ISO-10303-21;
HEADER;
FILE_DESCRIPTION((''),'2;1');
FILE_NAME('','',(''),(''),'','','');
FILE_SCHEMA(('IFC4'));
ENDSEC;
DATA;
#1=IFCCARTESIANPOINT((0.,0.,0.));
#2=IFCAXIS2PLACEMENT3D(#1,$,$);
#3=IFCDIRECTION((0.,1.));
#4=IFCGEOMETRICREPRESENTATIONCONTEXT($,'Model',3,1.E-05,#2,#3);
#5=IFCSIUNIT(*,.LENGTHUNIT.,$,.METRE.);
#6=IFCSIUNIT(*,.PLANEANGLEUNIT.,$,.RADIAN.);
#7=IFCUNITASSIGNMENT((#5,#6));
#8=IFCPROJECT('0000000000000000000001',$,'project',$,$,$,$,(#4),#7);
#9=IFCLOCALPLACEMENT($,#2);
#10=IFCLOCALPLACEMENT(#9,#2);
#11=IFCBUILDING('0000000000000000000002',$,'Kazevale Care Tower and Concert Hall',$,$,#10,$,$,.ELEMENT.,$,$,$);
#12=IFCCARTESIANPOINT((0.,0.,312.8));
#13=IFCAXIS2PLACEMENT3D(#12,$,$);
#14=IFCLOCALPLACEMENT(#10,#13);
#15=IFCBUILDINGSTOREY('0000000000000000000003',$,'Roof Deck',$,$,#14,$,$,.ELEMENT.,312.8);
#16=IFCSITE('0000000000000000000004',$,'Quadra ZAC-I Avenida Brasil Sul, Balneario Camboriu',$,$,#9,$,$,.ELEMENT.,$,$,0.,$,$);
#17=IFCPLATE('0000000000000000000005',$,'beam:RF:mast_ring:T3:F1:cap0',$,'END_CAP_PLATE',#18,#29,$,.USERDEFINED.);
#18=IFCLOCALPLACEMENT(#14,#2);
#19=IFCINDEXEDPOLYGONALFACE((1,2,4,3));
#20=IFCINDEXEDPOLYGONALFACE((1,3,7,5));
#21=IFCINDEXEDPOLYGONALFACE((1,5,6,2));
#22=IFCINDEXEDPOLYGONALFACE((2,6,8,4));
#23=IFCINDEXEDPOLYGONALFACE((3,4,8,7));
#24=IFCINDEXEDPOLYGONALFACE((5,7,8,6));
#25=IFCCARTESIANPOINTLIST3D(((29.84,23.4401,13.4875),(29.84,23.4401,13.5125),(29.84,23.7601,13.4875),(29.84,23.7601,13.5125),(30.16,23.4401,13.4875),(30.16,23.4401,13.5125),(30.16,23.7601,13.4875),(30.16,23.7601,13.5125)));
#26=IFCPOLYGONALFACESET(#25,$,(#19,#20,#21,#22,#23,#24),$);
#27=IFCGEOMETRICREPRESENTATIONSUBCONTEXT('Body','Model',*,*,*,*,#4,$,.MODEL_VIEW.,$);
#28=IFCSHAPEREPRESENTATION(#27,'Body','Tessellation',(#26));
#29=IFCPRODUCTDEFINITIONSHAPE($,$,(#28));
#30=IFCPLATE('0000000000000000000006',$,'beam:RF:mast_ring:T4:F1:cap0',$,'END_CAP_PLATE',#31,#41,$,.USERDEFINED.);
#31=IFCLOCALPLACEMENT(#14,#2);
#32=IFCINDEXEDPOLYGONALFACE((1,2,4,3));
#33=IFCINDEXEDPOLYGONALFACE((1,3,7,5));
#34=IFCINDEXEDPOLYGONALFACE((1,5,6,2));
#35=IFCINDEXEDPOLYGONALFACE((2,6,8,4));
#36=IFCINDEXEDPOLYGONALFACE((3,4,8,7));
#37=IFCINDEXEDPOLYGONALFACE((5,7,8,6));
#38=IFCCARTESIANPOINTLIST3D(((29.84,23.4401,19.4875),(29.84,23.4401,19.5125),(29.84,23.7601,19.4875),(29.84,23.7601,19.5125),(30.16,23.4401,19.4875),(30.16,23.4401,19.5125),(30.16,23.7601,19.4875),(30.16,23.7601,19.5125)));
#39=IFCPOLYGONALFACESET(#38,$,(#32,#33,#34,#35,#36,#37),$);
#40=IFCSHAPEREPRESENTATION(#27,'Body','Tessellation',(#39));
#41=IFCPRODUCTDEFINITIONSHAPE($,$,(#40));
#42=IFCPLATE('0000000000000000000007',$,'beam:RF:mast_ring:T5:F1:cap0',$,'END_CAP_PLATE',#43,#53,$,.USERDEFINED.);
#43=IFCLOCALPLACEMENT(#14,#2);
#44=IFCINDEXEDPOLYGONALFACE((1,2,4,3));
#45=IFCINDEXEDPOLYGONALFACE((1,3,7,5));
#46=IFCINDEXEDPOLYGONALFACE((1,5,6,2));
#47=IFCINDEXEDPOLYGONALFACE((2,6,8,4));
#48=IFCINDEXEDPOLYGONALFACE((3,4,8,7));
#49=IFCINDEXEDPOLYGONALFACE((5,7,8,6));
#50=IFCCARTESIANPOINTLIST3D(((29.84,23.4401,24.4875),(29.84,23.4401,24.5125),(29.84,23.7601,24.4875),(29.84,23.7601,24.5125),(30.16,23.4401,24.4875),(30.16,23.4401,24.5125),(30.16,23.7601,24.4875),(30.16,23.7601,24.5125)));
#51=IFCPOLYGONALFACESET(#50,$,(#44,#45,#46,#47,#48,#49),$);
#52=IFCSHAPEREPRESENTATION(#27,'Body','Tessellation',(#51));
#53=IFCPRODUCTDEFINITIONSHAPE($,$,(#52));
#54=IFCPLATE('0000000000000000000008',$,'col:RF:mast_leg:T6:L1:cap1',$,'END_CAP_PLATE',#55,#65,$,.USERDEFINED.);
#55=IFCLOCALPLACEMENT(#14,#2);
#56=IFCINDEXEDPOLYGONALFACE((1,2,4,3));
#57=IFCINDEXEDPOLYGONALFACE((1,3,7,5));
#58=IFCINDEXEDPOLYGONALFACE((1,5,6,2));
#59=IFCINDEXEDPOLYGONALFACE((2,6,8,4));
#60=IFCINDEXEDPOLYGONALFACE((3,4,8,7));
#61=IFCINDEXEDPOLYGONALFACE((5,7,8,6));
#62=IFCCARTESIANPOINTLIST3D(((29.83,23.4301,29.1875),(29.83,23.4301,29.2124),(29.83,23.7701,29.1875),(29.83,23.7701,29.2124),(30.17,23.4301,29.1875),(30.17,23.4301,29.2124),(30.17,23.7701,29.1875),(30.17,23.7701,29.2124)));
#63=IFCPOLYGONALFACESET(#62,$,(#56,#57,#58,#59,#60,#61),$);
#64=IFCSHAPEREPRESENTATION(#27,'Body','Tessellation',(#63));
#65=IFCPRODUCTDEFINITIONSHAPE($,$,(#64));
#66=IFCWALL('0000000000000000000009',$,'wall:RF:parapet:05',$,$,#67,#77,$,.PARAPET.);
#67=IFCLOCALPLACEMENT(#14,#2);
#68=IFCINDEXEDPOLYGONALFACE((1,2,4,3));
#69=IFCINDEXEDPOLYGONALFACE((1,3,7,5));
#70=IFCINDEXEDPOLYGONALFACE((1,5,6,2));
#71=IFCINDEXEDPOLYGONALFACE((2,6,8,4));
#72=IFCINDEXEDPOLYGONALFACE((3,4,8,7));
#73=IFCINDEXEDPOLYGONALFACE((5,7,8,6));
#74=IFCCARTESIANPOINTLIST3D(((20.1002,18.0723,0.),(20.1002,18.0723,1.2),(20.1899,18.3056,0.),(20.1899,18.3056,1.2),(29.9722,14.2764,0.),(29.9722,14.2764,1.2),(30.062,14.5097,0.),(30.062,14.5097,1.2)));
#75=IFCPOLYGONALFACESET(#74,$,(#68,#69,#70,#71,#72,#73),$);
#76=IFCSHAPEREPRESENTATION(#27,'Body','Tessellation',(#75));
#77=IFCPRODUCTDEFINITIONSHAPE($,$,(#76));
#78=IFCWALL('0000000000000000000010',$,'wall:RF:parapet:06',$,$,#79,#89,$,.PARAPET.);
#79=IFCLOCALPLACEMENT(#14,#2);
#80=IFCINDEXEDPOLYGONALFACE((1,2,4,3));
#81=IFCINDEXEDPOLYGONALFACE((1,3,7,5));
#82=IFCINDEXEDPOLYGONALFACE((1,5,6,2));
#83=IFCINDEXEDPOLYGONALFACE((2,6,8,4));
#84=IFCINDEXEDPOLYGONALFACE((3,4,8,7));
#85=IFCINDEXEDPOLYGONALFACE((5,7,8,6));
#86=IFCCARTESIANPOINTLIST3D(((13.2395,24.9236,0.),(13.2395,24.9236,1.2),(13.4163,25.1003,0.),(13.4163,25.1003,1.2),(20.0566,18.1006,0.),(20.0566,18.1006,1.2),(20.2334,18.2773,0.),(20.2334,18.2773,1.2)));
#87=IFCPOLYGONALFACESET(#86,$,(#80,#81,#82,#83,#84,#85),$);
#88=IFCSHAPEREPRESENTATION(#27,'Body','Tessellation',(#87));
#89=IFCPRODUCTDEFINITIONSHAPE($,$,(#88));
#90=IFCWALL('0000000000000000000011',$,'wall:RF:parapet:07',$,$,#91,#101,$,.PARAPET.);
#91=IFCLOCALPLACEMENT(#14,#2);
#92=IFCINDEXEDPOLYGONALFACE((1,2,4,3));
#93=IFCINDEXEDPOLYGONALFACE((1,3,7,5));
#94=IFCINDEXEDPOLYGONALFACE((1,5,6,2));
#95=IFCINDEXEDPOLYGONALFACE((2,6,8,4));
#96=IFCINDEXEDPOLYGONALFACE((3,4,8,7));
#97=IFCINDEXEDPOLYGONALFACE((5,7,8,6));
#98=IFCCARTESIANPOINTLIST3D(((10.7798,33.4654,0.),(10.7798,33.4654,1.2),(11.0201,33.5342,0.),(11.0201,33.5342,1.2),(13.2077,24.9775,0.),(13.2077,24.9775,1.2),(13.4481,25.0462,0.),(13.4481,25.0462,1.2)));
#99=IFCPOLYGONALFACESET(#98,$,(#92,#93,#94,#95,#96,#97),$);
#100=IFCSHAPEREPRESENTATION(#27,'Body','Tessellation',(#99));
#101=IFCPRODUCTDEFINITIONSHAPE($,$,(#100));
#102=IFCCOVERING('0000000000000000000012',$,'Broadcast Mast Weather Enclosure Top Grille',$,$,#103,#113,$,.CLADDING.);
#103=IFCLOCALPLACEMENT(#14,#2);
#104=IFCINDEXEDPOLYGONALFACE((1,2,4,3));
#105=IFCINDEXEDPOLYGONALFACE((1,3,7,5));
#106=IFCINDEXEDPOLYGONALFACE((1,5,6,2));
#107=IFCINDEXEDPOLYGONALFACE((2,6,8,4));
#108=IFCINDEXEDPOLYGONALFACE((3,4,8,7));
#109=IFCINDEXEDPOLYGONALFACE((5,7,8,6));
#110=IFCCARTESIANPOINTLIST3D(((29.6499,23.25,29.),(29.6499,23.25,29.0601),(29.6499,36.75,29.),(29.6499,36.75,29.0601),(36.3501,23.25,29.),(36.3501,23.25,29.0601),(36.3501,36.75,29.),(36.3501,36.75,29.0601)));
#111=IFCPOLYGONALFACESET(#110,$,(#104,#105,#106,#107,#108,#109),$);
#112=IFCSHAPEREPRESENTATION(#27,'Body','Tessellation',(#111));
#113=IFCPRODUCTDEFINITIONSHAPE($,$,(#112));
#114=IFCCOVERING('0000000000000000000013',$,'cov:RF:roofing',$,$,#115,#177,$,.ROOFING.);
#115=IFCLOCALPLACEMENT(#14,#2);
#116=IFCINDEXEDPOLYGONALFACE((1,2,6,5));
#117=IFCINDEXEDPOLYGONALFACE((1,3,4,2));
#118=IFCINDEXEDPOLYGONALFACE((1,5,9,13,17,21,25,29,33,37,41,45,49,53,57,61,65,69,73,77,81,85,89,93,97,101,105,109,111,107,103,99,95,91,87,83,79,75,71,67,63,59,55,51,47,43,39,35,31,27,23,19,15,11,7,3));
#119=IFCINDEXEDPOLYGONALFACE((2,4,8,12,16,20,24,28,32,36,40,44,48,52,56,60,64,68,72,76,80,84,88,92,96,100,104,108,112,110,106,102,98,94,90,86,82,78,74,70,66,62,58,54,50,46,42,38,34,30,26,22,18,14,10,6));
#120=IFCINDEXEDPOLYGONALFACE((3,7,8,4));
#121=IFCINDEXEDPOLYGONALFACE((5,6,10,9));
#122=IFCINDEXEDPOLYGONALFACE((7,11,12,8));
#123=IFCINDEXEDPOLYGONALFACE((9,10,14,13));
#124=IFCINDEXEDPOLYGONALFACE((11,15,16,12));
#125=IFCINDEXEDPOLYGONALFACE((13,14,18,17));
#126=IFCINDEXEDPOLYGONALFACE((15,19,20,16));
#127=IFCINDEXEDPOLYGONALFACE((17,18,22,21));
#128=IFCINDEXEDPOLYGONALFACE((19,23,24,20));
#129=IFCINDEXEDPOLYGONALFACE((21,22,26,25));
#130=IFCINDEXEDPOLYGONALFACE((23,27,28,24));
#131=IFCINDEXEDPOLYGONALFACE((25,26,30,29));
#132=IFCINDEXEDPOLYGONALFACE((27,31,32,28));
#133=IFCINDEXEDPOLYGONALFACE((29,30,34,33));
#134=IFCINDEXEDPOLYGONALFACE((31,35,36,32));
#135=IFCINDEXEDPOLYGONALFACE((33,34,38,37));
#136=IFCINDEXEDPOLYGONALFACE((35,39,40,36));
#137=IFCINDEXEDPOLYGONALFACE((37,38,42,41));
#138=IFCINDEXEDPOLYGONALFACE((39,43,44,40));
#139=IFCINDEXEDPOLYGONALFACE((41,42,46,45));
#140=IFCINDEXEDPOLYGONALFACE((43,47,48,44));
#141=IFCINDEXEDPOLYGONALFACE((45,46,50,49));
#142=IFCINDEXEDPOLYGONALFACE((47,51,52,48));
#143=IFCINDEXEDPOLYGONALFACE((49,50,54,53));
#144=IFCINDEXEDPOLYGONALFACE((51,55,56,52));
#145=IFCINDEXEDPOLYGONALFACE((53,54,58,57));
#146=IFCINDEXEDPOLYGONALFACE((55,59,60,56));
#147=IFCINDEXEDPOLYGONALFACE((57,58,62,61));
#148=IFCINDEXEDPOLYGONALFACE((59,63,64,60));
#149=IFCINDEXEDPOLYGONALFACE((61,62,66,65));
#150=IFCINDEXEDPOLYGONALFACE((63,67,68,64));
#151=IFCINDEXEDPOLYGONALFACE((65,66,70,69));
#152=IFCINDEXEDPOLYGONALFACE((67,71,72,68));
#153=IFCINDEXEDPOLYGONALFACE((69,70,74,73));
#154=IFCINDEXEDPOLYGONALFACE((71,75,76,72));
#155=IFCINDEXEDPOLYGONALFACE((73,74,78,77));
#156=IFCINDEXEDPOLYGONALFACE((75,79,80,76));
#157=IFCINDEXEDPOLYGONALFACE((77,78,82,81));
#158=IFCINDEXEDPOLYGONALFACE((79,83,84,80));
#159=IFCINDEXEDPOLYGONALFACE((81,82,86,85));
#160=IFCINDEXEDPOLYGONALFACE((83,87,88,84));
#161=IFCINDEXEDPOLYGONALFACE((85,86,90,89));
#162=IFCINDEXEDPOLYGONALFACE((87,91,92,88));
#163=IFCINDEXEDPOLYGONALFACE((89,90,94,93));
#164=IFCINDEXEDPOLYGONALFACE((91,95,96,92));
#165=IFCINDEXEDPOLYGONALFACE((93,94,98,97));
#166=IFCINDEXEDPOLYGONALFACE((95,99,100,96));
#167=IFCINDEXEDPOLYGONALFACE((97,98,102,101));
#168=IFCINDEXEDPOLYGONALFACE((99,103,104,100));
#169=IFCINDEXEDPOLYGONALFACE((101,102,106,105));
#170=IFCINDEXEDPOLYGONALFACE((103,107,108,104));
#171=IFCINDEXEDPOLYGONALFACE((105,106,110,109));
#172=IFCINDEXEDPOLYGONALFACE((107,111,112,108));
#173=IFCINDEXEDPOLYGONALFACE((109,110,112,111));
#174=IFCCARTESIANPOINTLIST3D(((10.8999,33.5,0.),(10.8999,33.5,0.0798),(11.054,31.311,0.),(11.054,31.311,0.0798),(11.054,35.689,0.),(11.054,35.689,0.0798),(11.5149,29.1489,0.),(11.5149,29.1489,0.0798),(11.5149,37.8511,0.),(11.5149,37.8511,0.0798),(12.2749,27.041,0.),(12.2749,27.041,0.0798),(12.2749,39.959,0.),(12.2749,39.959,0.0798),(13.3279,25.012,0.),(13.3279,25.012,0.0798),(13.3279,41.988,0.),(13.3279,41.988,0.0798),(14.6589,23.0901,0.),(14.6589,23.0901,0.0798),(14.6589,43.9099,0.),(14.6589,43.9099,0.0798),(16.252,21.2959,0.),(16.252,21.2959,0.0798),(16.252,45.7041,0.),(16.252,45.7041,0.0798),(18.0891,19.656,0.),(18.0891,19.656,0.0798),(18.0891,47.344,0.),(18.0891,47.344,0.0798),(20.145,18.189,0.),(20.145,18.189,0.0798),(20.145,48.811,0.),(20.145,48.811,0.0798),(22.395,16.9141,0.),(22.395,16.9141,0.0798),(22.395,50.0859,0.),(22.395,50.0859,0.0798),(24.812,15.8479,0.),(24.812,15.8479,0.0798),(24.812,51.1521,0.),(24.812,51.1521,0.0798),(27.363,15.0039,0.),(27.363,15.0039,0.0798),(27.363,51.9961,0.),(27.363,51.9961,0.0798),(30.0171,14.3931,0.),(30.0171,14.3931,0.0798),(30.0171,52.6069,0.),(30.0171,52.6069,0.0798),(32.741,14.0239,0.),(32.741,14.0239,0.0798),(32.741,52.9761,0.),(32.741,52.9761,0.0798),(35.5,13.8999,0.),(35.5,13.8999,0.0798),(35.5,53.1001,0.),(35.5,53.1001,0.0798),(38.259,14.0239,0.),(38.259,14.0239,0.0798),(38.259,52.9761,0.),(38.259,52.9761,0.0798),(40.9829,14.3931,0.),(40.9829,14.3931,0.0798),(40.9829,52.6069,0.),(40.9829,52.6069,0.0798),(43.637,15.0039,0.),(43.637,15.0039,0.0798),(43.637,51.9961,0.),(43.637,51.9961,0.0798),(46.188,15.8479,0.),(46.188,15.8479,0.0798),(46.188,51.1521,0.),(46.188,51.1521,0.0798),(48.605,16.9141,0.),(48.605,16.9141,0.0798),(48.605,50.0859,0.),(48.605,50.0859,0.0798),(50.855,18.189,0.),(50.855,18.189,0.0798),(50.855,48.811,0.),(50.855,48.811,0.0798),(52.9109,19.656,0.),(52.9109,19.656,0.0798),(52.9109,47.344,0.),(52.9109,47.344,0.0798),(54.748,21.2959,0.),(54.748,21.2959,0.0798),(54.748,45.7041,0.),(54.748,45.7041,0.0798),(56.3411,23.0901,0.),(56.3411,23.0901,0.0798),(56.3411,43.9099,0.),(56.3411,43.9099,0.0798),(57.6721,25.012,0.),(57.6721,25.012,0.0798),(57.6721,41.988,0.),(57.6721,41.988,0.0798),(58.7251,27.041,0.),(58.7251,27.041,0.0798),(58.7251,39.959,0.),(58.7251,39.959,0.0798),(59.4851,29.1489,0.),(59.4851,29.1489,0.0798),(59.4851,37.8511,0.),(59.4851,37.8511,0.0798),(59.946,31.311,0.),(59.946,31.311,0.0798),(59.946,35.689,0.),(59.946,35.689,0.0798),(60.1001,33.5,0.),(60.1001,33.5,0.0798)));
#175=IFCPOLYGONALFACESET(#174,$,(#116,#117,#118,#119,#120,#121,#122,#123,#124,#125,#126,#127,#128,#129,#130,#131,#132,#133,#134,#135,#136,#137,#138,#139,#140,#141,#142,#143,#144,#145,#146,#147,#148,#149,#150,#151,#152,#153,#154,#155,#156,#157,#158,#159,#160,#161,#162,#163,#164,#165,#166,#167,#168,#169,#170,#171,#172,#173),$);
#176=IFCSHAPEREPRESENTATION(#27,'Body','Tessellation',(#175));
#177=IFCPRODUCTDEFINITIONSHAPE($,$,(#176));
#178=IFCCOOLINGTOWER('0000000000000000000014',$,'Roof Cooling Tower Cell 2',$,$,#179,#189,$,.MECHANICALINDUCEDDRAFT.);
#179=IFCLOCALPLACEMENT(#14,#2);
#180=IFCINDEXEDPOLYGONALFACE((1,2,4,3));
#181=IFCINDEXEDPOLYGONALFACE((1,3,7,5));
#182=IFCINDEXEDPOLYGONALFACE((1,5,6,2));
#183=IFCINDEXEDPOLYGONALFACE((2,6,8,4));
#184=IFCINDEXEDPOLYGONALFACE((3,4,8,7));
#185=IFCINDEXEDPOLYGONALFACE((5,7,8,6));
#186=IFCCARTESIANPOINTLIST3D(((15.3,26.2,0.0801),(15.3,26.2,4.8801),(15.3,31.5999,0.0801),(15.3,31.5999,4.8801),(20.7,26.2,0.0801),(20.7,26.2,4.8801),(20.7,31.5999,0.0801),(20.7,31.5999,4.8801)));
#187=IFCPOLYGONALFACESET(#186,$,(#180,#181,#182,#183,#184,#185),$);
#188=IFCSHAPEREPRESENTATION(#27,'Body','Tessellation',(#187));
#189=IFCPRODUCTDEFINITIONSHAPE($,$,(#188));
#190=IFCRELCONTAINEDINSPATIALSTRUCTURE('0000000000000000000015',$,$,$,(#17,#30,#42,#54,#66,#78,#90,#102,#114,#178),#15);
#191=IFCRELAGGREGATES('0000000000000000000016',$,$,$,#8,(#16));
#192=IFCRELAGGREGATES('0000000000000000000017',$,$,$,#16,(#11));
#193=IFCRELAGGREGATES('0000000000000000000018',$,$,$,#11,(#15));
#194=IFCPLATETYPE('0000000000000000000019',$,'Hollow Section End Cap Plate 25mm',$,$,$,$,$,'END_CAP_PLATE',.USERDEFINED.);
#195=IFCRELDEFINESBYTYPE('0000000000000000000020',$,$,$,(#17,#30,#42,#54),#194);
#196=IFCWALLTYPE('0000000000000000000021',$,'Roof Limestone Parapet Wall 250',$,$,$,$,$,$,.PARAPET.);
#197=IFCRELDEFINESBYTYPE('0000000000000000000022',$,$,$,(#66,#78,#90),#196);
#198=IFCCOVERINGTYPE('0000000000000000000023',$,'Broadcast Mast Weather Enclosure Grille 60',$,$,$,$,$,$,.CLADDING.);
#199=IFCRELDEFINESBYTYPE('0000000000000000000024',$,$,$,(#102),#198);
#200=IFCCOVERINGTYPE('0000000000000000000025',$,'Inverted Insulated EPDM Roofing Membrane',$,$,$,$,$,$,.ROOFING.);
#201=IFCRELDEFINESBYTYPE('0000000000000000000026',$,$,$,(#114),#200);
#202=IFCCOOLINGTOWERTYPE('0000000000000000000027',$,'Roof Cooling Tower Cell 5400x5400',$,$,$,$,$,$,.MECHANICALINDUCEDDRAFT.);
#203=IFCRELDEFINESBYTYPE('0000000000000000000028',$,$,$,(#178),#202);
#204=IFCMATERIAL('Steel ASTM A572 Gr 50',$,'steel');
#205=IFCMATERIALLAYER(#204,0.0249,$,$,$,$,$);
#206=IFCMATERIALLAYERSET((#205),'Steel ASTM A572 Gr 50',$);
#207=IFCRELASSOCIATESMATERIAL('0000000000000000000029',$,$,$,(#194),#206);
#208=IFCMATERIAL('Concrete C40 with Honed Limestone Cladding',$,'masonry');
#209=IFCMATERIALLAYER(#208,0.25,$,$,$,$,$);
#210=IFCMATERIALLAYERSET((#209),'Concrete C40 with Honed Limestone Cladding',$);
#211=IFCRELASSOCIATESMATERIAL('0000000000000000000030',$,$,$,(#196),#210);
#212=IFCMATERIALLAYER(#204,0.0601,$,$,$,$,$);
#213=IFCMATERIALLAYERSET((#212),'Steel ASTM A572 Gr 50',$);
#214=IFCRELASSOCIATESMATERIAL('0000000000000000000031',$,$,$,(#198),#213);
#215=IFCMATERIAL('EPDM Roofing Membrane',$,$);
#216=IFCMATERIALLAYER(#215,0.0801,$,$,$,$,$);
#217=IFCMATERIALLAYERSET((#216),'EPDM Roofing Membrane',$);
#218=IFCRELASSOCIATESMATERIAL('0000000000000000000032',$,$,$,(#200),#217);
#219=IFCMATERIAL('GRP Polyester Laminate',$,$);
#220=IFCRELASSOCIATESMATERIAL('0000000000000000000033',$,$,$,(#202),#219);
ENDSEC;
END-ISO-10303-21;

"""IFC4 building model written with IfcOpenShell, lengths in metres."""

from ifc_helpers import new_model, si_unit, direction, frame, frame_2d, origin, origin_2d, place, context, subcontext, project, spatial, polyline, rectangle, outline, extrude, material, layer, layer_set, type_object, element, save


model = new_model("IFC4")

# Units and contexts
model_context = context("Model", 3, precision=1e-05, world=origin(), true_north=direction((0.0, 1.0)))
body_context = subcontext(model_context, "Body", "Model", "MODEL_VIEW")
ifc_project = project(units=[si_unit("LENGTHUNIT", "METRE"), si_unit("PLANEANGLEUNIT", "RADIAN")], contexts=[model_context])

# Site, building, storey
site_placement = place(None, origin())
site = spatial("IfcSite", under=ifc_project, at=site_placement, Name="Quadra ZAC-I Avenida Brasil Sul, Balneario Camboriu", CompositionType="ELEMENT", RefElevation=0.0)
building_placement = place(site_placement, origin())
building = spatial("IfcBuilding", under=site, at=building_placement, Name="Kazevale Care Tower and Concert Hall", CompositionType="ELEMENT")
storey_placement = place(building_placement, frame((0.0, 0.0, 312.8)))
storey = spatial("IfcBuildingStorey", under=building, at=storey_placement, Name="Roof Deck", CompositionType="ELEMENT", Elevation=312.8)

# Shared definitions
ifc_material_1 = material(Name="Steel ASTM A572 Gr 50", Category="steel")

# Plates
ifc_layer_1 = layer(ifc_material_1, 0.0249)
ifc_layer_set_1 = layer_set([ifc_layer_1], Name="Steel ASTM A572 Gr 50")
plate_type_1 = type_object("IfcPlateType", Name="Hollow Section End Cap Plate 25mm", ElementType="END_CAP_PLATE", PredefinedType="USERDEFINED", material=ifc_layer_set_1)
for number, where, z_axis, x_axis, name in (
    (1, (30.0, 23.6001, 13.4875), (0.0, 0.0, 1.0), (1.0, 0.0, 0.0), "beam:RF:mast_ring:T3:F1:cap0"),
    (2, (30.0, 23.6001, 19.4875), (0.0, 0.0, 1.0), (1.0, 0.0, 0.0), "beam:RF:mast_ring:T4:F1:cap0"),
    (3, (30.0, 23.6001, 24.4875), (0.0, 0.0, 1.0), (1.0, 0.0, 0.0), "beam:RF:mast_ring:T5:F1:cap0"),
):
    element("IfcPlate", number, at=place(storey_placement, frame(where, z_axis=z_axis, x_axis=x_axis)), inside=storey, type_object=plate_type_1, Name=name, ObjectType="END_CAP_PLATE", PredefinedType="USERDEFINED", context=body_context, shape_type="SweptSolid", body=[
        extrude(rectangle(XDim=0.3201, YDim=0.3201, at=origin_2d()), origin(), (0.0, 0.0, 1.0), 0.0249),
    ])
plate_1_placement = place(storey_placement, frame((30.0, 23.6001, 29.1875), z_axis=(0.0, 0.0, 1.0), x_axis=(1.0, 0.0, 0.0)))
element("IfcPlate", 4, at=plate_1_placement, inside=storey, type_object=plate_type_1, Name="col:RF:mast_leg:T6:L1:cap1", ObjectType="END_CAP_PLATE", PredefinedType="USERDEFINED", context=body_context, shape_type="SweptSolid", body=[
    extrude(rectangle(XDim=0.3401, YDim=0.3401, at=origin_2d()), origin(), (0.0, 0.0, 1.0), 0.0249),
])

# Walls
ifc_material_2 = material(Name="Concrete C40 with Honed Limestone Cladding", Category="masonry")
ifc_layer_2 = layer(ifc_material_2, 0.25)
ifc_layer_set_2 = layer_set([ifc_layer_2], Name="Concrete C40 with Honed Limestone Cladding")
wall_type = type_object("IfcWallType", Name="Roof Limestone Parapet Wall 250", PredefinedType="PARAPET", material=ifc_layer_set_2)
wall_1_placement = place(storey_placement, frame((30.0171, 14.3931, 0.0), z_axis=(0.0, 0.0, 1.0), x_axis=(-0.933379, 0.358892, 0.0)))
element("IfcWall", 5, at=wall_1_placement, inside=storey, type_object=wall_type, Name="wall:RF:parapet:05", PredefinedType="PARAPET", context=body_context, shape_type="SweptSolid", body=[
    extrude(rectangle(XDim=10.5767, YDim=0.25, at=frame_2d((5.2883, 0.0))), origin(), (0.0, 0.0, 1.0), 1.2),
])
wall_2_placement = place(storey_placement, frame((20.145, 18.189, 0.0), z_axis=(0.0, 0.0, 1.0), x_axis=(-0.706803, 0.70741, 0.0)))
element("IfcWall", 6, at=wall_2_placement, inside=storey, type_object=wall_type, Name="wall:RF:parapet:06", PredefinedType="PARAPET", context=body_context, shape_type="SweptSolid", body=[
    extrude(rectangle(XDim=9.645, YDim=0.25, at=frame_2d((4.8225, 0.0))), origin(), (0.0, 0.0, 1.0), 1.2),
])
wall_3_placement = place(storey_placement, frame((13.3279, 25.012, 0.0), z_axis=(0.0, 0.0, 1.0), x_axis=(-0.275017, 0.961439, 0.0)))
element("IfcWall", 7, at=wall_3_placement, inside=storey, type_object=wall_type, Name="wall:RF:parapet:07", PredefinedType="PARAPET", context=body_context, shape_type="SweptSolid", body=[
    extrude(rectangle(XDim=8.8284, YDim=0.25, at=frame_2d((4.4141, 0.0))), origin(), (0.0, 0.0, 1.0), 1.2),
])

# Coverings
ifc_layer_3 = layer(ifc_material_1, 0.0601)
ifc_layer_set_3 = layer_set([ifc_layer_3], Name="Steel ASTM A572 Gr 50")
covering_type_1 = type_object("IfcCoveringType", Name="Broadcast Mast Weather Enclosure Grille 60", PredefinedType="CLADDING", material=ifc_layer_set_3)
covering_1_placement = place(storey_placement, frame((0.0, 0.0, 29.0)))
element("IfcCovering", 8, at=covering_1_placement, inside=storey, type_object=covering_type_1, Name="Broadcast Mast Weather Enclosure Top Grille", PredefinedType="CLADDING", context=body_context, shape_type="SweptSolid", body=[
    extrude(outline(polyline([(29.6499, 23.25), (36.3501, 23.25), (36.3501, 36.75), (29.6499, 36.75), (29.6499, 23.25)])), origin(), (0.0, 0.0, 1.0), 0.0601),
])
ifc_material_3 = material(Name="EPDM Roofing Membrane")
ifc_layer_4 = layer(ifc_material_3, 0.0801)
ifc_layer_set_4 = layer_set([ifc_layer_4], Name="EPDM Roofing Membrane")
covering_type_2 = type_object("IfcCoveringType", Name="Inverted Insulated EPDM Roofing Membrane", PredefinedType="ROOFING", material=ifc_layer_set_4)
covering_2_placement = place(storey_placement, origin())
element("IfcCovering", 9, at=covering_2_placement, inside=storey, type_object=covering_type_2, Name="cov:RF:roofing", PredefinedType="ROOFING", context=body_context, shape_type="SweptSolid", body=[
    extrude(outline(polyline([(60.1001, 33.5), (59.946, 31.311), (59.4851, 29.1489), (58.7251, 27.041), (57.6721, 25.012), (56.3411, 23.0901), (54.748, 21.2959), (52.9109, 19.656), (50.855, 18.189), (48.605, 16.9141), (46.188, 15.8479), (43.637, 15.0039), (40.9829, 14.3931), (38.259, 14.0239), (35.5, 13.8999), (32.741, 14.0239), (30.0171, 14.3931), (27.363, 15.0039), (24.812, 15.8479), (22.395, 16.9141), (20.145, 18.189), (18.0891, 19.656), (16.252, 21.2959), (14.6589, 23.0901), (13.3279, 25.012), (12.2749, 27.041), (11.5149, 29.1489), (11.054, 31.311), (10.8999, 33.5), (11.054, 35.689), (11.5149, 37.8511), (12.2749, 39.959), (13.3279, 41.988), (14.6589, 43.9099), (16.252, 45.7041), (18.0891, 47.344), (20.145, 48.811), (22.395, 50.0859), (24.812, 51.1521), (27.363, 51.9961), (30.0171, 52.6069), (32.741, 52.9761), (35.5, 53.1001), (38.259, 52.9761), (40.9829, 52.6069), (43.637, 51.9961), (46.188, 51.1521), (48.605, 50.0859), (50.855, 48.811), (52.9109, 47.344), (54.748, 45.7041), (56.3411, 43.9099), (57.6721, 41.988), (58.7251, 39.959), (59.4851, 37.8511), (59.946, 35.689), (60.1001, 33.5)])), origin(), (0.0, 0.0, 1.0), 0.0798),
])

# Cooling tower
ifc_material_4 = material(Name="GRP Polyester Laminate")
cooling_tower_type = type_object("IfcCoolingTowerType", Name="Roof Cooling Tower Cell 5400x5400", PredefinedType="MECHANICALINDUCEDDRAFT", material=ifc_material_4)
cooling_tower_placement = place(storey_placement, frame((18.0, 28.8999, 0.0801), z_axis=(0.0, 0.0, 1.0), x_axis=(1.0, 0.0, 0.0)))
element("IfcCoolingTower", 10, at=cooling_tower_placement, inside=storey, type_object=cooling_tower_type, Name="Roof Cooling Tower Cell 2", PredefinedType="MECHANICALINDUCEDDRAFT", context=body_context, shape_type="SweptSolid", body=[
    extrude(rectangle(XDim=5.3999, YDim=5.3999, at=origin_2d()), origin(), (0.0, 0.0, 1.0), 4.8),
])

save(model, "model.ifc")
